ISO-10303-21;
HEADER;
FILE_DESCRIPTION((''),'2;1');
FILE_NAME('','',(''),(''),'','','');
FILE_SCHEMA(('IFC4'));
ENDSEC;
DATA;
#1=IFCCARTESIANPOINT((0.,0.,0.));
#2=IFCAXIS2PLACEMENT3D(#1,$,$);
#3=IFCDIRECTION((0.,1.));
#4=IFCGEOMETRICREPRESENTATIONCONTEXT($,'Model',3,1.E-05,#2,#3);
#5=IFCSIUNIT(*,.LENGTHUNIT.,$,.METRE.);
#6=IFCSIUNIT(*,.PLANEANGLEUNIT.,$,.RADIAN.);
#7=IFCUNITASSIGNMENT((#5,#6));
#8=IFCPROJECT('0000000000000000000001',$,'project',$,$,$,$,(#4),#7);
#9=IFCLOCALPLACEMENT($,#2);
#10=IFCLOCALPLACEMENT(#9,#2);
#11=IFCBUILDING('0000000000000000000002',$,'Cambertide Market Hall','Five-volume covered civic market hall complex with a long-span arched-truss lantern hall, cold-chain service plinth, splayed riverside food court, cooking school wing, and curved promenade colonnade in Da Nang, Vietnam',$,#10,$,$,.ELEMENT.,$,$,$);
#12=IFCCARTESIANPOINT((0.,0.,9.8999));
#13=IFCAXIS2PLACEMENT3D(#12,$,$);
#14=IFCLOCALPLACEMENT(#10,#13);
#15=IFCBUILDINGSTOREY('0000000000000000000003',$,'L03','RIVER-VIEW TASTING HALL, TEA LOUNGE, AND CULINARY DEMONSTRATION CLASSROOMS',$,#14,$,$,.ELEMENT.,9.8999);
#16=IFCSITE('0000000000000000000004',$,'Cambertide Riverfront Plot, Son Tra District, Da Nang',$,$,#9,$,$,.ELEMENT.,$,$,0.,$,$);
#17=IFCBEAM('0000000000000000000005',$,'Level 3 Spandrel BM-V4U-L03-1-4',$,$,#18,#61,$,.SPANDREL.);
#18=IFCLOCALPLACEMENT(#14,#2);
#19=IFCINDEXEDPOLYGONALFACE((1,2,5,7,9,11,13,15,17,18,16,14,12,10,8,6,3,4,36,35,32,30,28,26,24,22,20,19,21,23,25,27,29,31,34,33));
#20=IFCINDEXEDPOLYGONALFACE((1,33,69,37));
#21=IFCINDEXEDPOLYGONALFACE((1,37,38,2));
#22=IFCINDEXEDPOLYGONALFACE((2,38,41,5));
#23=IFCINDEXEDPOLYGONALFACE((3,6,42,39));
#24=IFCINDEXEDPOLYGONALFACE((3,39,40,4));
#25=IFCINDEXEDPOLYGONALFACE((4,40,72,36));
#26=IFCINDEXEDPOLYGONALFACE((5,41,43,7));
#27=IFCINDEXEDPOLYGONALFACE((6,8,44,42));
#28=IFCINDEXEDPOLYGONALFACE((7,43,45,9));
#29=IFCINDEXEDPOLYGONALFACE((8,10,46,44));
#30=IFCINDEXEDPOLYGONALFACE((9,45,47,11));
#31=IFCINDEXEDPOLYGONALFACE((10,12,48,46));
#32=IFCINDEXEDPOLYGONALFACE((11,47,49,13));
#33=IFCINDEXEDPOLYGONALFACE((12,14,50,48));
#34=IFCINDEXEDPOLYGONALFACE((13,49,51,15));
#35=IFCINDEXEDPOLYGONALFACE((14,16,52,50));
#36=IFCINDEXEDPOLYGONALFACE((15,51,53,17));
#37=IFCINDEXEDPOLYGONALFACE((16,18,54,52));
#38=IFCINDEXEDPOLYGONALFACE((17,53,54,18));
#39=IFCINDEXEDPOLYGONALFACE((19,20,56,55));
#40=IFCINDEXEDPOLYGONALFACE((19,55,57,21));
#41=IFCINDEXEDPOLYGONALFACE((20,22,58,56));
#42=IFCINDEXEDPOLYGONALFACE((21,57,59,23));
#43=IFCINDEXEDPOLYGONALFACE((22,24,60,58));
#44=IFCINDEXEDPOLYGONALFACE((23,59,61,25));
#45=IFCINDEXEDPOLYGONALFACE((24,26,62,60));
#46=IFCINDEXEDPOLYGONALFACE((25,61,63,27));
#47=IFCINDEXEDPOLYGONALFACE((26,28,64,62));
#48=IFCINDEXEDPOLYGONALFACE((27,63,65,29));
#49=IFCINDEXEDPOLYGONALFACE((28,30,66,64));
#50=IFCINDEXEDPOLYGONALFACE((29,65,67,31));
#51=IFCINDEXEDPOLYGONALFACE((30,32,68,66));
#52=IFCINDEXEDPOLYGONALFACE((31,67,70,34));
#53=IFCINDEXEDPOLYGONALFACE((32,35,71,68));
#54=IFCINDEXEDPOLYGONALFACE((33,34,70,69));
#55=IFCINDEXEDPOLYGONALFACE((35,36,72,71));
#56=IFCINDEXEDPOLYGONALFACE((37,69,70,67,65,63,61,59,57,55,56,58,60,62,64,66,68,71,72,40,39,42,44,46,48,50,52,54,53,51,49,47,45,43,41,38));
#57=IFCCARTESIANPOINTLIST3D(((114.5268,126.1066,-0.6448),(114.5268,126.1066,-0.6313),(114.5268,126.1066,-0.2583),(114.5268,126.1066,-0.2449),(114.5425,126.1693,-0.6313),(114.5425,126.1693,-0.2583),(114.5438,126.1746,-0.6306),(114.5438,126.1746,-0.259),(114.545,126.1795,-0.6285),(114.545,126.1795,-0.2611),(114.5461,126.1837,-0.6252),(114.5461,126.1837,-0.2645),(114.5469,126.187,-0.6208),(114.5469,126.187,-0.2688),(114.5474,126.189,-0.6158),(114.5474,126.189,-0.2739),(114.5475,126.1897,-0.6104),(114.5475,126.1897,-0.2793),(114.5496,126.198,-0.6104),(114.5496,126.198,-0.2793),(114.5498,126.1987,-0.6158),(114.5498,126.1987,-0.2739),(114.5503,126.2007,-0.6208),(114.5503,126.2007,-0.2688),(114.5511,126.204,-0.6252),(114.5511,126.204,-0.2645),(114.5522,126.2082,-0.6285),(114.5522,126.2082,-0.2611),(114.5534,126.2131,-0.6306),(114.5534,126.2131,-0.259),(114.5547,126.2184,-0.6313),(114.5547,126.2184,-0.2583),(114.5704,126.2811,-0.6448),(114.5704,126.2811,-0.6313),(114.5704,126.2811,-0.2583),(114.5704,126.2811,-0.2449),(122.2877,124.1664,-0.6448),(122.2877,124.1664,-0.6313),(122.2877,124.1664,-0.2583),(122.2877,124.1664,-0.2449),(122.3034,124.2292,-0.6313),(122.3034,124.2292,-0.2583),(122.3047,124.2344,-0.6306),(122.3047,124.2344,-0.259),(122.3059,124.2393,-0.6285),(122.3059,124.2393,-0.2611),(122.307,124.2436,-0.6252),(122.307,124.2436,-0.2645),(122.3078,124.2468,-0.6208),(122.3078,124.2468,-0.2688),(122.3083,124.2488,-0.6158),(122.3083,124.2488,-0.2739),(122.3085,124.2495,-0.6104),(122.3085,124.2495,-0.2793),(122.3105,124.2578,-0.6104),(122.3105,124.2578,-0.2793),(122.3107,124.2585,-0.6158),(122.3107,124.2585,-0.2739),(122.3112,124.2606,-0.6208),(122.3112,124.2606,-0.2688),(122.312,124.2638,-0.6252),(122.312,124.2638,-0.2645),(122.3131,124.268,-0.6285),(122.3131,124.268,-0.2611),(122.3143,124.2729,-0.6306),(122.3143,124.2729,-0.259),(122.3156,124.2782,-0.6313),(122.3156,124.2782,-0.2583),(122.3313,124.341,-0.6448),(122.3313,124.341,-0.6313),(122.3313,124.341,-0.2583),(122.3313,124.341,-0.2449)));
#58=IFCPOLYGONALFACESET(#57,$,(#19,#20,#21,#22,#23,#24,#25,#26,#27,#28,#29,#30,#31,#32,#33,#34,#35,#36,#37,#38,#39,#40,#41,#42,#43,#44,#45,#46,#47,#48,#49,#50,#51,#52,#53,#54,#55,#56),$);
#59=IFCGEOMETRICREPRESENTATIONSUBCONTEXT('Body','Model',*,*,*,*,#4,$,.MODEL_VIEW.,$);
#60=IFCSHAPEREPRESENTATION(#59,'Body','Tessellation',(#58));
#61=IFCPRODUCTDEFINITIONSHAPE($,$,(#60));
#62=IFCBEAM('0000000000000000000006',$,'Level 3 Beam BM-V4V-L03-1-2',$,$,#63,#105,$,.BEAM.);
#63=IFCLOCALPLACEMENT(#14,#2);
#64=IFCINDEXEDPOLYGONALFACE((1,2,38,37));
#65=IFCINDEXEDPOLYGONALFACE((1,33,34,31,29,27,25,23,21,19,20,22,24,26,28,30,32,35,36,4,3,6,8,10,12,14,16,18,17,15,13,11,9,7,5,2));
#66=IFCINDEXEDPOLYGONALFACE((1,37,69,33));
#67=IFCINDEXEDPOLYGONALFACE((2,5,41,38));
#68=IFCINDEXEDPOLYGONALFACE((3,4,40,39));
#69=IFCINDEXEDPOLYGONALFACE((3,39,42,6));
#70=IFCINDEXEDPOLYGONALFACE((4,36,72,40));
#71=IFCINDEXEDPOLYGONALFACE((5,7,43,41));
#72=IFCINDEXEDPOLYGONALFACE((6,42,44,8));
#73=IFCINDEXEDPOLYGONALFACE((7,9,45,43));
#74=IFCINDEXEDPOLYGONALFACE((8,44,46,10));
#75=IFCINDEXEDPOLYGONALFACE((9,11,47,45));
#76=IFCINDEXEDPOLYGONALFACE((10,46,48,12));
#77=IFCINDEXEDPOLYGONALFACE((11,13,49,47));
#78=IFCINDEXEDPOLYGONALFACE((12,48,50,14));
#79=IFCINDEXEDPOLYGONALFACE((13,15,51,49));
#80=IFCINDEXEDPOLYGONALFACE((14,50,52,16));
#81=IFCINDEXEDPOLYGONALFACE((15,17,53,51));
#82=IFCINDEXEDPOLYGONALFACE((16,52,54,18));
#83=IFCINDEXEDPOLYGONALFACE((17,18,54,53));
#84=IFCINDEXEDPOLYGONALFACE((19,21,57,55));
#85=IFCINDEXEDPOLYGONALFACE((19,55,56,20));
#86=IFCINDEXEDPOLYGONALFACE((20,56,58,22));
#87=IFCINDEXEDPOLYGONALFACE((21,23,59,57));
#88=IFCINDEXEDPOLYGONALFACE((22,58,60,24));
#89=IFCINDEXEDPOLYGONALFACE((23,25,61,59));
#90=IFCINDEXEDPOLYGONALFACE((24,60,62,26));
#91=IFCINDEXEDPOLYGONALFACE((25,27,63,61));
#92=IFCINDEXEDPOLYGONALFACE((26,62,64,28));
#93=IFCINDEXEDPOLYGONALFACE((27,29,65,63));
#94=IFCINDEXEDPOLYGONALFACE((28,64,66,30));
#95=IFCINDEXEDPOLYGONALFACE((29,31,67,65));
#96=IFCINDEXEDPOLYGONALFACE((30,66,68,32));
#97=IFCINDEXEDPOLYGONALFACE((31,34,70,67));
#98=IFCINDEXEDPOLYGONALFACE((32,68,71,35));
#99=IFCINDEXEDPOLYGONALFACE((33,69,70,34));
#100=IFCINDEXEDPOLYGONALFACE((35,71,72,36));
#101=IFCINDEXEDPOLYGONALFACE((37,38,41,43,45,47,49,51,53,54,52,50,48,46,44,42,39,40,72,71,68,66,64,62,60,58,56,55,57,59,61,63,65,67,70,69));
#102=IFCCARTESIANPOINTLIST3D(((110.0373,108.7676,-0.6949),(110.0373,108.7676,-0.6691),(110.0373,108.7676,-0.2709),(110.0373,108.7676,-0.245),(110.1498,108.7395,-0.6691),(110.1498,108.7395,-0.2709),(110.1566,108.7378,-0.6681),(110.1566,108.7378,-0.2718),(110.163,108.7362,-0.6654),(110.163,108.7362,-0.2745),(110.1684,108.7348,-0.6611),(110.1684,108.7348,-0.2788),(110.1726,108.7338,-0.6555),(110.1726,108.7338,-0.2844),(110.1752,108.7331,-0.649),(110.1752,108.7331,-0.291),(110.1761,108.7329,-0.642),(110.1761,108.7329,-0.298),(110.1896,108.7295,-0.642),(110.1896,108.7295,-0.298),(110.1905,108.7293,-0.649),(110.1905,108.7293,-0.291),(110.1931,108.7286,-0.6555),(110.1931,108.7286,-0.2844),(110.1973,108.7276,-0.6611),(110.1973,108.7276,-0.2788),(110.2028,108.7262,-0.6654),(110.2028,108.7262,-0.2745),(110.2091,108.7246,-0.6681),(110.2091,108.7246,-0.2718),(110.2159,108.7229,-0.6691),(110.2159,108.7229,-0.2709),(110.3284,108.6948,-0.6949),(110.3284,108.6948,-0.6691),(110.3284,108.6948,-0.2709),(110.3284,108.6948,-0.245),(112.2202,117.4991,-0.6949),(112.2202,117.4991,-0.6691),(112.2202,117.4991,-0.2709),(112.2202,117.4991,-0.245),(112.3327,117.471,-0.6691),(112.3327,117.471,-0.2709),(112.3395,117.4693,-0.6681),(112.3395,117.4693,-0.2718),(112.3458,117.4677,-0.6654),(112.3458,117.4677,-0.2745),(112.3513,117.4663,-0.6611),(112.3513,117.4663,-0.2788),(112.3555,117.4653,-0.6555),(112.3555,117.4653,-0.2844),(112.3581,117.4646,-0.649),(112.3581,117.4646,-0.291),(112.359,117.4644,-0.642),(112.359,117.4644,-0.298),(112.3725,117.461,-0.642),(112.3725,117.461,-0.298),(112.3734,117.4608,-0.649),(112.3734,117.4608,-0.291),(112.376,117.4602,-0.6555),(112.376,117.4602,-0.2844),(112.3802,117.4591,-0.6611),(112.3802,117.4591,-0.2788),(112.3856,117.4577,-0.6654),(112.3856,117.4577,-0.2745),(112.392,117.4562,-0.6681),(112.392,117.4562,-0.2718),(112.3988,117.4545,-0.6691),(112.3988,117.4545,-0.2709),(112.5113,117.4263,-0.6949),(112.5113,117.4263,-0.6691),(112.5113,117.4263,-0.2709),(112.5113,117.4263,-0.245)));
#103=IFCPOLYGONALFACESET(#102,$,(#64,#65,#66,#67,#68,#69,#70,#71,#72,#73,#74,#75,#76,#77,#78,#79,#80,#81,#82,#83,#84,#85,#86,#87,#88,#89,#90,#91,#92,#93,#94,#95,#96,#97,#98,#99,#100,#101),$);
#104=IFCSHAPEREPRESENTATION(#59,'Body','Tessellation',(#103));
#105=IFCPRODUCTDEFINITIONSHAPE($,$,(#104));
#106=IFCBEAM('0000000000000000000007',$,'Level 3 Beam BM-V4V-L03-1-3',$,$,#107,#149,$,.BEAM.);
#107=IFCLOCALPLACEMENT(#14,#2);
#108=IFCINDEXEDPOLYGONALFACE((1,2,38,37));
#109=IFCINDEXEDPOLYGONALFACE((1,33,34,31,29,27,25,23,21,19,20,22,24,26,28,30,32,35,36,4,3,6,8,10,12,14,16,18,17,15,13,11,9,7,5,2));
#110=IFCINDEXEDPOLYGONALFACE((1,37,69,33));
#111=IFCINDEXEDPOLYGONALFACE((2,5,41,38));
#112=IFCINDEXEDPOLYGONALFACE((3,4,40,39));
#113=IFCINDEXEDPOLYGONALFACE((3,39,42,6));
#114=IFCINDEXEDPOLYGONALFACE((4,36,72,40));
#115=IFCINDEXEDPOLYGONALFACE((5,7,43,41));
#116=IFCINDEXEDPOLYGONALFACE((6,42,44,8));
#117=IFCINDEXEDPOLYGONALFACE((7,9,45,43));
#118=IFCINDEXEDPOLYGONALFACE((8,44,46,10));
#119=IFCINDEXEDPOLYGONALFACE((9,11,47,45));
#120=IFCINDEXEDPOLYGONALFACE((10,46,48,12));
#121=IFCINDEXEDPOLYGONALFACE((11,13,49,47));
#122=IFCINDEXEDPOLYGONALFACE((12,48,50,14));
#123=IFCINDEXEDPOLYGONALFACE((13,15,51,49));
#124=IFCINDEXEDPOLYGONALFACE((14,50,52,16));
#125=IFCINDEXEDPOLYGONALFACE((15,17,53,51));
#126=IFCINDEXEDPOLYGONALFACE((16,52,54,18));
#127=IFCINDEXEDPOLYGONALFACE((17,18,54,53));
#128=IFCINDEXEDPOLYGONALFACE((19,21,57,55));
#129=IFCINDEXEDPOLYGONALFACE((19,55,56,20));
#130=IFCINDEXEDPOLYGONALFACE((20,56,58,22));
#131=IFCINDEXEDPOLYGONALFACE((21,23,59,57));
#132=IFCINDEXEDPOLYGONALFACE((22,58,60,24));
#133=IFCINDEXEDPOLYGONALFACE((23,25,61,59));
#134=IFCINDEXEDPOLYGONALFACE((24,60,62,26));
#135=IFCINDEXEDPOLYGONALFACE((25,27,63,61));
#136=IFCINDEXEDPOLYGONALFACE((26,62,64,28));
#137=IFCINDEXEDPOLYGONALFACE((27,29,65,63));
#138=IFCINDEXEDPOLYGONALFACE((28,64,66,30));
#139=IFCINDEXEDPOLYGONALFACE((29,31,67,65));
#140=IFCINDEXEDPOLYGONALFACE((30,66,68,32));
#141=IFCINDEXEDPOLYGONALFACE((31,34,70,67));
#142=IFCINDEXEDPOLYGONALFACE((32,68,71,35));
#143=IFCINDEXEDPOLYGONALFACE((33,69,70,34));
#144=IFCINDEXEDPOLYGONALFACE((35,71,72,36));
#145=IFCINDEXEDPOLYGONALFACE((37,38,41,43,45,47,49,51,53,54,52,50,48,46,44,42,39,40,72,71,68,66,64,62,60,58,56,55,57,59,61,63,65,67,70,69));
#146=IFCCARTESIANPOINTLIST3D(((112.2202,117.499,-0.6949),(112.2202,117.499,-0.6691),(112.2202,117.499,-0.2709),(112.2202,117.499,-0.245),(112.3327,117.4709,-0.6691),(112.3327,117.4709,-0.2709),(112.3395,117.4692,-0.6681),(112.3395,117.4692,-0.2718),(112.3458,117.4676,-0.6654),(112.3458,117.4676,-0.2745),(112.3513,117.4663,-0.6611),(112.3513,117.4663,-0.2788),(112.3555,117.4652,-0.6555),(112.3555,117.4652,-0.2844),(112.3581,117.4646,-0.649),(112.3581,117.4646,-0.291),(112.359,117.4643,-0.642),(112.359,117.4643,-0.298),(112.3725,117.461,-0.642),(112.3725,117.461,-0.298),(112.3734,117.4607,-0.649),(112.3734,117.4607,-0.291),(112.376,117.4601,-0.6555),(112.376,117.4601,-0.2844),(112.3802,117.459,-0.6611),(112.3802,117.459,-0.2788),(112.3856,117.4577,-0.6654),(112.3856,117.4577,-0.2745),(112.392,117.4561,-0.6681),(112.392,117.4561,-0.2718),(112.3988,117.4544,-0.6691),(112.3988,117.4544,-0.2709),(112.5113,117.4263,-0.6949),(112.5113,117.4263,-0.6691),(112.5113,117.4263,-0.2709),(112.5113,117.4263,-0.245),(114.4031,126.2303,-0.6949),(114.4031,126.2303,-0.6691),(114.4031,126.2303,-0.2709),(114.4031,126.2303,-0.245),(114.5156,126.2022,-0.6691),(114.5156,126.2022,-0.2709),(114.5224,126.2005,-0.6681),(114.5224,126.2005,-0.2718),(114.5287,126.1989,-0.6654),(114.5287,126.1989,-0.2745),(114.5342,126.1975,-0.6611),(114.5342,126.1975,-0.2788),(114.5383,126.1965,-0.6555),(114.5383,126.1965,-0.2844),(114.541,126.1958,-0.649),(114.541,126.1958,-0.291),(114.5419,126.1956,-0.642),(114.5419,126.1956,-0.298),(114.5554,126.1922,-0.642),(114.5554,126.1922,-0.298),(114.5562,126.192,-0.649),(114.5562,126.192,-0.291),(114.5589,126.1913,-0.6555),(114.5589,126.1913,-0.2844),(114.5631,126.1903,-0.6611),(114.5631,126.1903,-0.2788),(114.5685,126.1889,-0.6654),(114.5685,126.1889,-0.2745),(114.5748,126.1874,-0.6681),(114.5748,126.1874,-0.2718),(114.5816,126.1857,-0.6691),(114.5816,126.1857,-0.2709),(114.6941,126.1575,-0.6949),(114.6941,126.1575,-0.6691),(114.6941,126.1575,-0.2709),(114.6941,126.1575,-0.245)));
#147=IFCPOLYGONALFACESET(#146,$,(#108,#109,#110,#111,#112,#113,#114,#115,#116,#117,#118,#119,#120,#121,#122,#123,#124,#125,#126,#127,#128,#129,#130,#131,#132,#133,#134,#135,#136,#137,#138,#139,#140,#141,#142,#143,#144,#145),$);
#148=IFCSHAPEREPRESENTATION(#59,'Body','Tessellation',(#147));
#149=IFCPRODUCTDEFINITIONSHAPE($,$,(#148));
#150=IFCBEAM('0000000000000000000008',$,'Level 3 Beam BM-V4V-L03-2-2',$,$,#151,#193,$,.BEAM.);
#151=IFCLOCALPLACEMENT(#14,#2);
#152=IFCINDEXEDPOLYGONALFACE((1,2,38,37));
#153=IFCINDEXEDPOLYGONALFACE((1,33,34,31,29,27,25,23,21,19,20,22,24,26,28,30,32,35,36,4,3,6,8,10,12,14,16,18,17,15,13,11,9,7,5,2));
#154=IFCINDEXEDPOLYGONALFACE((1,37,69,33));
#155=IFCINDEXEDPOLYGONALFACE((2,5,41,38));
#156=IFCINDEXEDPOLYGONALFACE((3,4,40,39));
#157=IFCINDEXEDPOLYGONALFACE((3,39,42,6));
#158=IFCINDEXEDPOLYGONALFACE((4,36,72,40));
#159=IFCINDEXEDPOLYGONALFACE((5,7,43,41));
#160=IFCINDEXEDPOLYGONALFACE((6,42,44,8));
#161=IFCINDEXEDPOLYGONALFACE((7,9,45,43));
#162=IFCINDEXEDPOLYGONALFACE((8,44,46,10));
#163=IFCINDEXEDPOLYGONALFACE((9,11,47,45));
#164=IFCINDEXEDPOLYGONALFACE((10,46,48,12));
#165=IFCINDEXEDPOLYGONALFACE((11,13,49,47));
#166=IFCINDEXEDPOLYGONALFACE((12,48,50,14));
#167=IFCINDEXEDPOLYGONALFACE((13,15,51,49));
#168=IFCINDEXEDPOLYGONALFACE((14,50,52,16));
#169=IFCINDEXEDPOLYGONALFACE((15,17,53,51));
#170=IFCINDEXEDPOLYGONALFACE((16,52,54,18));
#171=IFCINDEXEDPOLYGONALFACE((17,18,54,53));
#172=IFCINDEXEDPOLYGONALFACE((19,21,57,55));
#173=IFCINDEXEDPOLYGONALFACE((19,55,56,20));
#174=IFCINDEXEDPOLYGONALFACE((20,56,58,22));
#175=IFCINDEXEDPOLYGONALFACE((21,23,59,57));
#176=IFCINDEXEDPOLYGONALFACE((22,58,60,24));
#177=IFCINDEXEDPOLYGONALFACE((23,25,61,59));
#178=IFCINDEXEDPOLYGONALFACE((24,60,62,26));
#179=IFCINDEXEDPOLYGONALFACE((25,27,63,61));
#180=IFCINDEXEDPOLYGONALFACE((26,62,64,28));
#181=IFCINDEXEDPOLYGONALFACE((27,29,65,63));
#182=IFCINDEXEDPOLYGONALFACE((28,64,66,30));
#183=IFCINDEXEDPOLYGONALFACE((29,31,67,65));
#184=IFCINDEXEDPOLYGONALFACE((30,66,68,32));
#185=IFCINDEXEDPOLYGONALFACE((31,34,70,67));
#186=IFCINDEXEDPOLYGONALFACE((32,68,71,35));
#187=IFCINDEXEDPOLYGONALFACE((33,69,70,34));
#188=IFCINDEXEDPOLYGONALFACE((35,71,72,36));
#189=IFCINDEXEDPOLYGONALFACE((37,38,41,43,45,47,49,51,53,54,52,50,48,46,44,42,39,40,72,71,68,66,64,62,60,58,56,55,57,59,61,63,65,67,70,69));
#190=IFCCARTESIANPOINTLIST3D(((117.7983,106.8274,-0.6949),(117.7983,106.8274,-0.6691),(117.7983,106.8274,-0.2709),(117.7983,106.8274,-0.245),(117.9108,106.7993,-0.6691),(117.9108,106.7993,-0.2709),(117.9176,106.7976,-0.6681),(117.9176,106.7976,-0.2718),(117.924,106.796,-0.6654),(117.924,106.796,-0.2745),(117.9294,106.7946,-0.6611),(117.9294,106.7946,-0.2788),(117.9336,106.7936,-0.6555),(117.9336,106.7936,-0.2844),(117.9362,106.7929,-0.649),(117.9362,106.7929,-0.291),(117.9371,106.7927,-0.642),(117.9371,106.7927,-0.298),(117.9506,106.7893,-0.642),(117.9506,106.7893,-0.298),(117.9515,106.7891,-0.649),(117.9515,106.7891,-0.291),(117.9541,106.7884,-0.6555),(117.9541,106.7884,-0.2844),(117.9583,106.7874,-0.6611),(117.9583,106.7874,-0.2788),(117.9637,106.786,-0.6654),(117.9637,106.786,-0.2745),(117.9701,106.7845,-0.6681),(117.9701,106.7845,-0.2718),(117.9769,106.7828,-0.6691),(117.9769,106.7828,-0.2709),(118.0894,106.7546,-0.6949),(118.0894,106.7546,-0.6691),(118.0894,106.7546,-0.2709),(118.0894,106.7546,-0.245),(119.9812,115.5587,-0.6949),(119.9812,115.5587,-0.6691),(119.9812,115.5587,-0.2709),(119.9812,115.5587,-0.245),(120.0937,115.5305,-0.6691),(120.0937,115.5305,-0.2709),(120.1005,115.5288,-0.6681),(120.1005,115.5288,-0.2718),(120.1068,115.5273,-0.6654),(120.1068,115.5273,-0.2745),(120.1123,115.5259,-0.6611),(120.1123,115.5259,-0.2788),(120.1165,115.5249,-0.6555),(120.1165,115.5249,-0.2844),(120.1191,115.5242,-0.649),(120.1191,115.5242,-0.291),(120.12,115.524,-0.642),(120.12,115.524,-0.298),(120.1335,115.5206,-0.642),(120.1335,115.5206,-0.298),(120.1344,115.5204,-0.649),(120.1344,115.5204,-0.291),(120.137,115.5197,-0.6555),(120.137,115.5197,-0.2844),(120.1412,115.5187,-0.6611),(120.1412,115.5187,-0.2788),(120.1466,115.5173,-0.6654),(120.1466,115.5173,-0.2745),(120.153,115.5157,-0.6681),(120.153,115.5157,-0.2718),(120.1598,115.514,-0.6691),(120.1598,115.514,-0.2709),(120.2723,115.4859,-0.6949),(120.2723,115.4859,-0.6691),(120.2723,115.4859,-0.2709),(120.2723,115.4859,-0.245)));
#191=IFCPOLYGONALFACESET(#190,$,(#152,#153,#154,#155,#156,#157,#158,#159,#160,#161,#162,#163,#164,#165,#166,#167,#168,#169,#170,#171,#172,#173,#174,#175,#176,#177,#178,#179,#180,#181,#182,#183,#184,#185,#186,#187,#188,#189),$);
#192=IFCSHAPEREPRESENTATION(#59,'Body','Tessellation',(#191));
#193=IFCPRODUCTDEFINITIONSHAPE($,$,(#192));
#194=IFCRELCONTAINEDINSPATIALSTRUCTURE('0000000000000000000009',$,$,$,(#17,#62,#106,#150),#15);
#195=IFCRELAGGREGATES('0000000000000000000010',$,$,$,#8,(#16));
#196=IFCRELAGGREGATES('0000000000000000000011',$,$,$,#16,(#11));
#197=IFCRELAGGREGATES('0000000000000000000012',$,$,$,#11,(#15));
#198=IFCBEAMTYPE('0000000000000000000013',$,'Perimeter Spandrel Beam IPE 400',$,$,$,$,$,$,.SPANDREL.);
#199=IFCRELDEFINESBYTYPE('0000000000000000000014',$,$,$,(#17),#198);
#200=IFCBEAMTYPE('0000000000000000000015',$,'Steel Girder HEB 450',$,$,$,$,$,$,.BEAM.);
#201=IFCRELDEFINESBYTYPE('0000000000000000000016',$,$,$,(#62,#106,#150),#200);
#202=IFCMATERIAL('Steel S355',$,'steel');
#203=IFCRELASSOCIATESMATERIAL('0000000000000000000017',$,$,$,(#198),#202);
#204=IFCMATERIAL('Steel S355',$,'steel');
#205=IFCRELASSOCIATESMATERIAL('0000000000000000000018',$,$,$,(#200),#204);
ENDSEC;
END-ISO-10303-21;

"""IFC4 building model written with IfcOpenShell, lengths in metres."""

from ifc_helpers import new_model, si_unit, direction, frame, origin, origin_2d, place, context, subcontext, project, spatial, i_section, extrude, material, material_profile, profile_set, type_object, element, save


model = new_model("IFC4")

# Units and contexts
model_context = context("Model", 3, precision=1e-05, world=origin(), true_north=direction((0.0, 1.0)))
body_context = subcontext(model_context, "Body", "Model", "MODEL_VIEW")
ifc_project = project(units=[si_unit("LENGTHUNIT", "METRE"), si_unit("PLANEANGLEUNIT", "RADIAN")], contexts=[model_context])

# Site, building, storey
site_placement = place(None, origin())
site = spatial("IfcSite", under=ifc_project, at=site_placement, Name="Cambertide Riverfront Plot, Son Tra District, Da Nang", CompositionType="ELEMENT", RefElevation=0.0)
building_placement = place(site_placement, origin())
building = spatial("IfcBuilding", under=site, at=building_placement, Name="Cambertide Market Hall", Description="Five-volume covered civic market hall complex with a long-span arched-truss lantern hall, cold-chain service plinth, splayed riverside food court, cooking school wing, and curved promenade colonnade in Da Nang, Vietnam", CompositionType="ELEMENT")
storey_placement = place(building_placement, frame((0.0, 0.0, 9.8999)))
storey = spatial("IfcBuildingStorey", under=building, at=storey_placement, Name="L03", Description="RIVER-VIEW TASTING HALL, TEA LOUNGE, AND CULINARY DEMONSTRATION CLASSROOMS", CompositionType="ELEMENT", Elevation=9.8999)

# Beams
ifc_material_1 = material(Name="Steel S355", Category="steel")
ifc_material_profile_1 = material_profile(ifc_material_1, i_section(OverallWidth=0.1799, OverallDepth=0.3999, WebThickness=0.0085, FlangeThickness=0.0134, FilletRadius=0.021, at=origin_2d()), Name="IPE 400")
ifc_profile_set_1 = profile_set([ifc_material_profile_1], Name="Steel S355")
beam_type_1 = type_object("IfcBeamType", Name="Perimeter Spandrel Beam IPE 400", PredefinedType="SPANDREL", material=ifc_profile_set_1)
beam_1_placement = place(storey_placement, frame((114.5486, 126.1938, -0.4448), z_axis=(0.970144, -0.242528, 0.0), x_axis=(0.242528, 0.970144, 0.0)))
element("IfcBeam", 1, at=beam_1_placement, inside=storey, type_object=beam_type_1, Name="Level 3 Spandrel BM-V4U-L03-1-4", PredefinedType="SPANDREL", context=body_context, shape_type="SweptSolid", body=[
    extrude(i_section(OverallWidth=0.1799, OverallDepth=0.3999, WebThickness=0.0085, FlangeThickness=0.0134, FilletRadius=0.021, at=origin_2d()), origin(), (0.0, 0.0, 1.0), 7.9998),
])
ifc_material_2 = material(Name="Steel S355", Category="steel")
ifc_material_profile_2 = material_profile(ifc_material_2, i_section(OverallWidth=0.3, OverallDepth=0.45, WebThickness=0.0139, FlangeThickness=0.0259, FilletRadius=0.0271, at=origin_2d()), Name="HEB 450")
ifc_profile_set_2 = profile_set([ifc_material_profile_2], Name="Steel S355")
beam_type_2 = type_object("IfcBeamType", Name="Steel Girder HEB 450", PredefinedType="BEAM", material=ifc_profile_set_2)
beam_2_placement = place(storey_placement, frame((110.1829, 108.7312, -0.47), z_axis=(0.242536, 0.970143, 0.0), x_axis=(-0.970143, 0.242536, 0.0)))
element("IfcBeam", 2, at=beam_2_placement, inside=storey, type_object=beam_type_2, Name="Level 3 Beam BM-V4V-L03-1-2", PredefinedType="BEAM", context=body_context, shape_type="SweptSolid", body=[
    extrude(i_section(OverallWidth=0.3, OverallDepth=0.45, WebThickness=0.0139, FlangeThickness=0.0259, FilletRadius=0.0271, at=origin_2d()), origin(), (0.0, 0.0, 1.0), 9.0002),
])
for number, where, z_axis, x_axis, name in (
    (3, (112.3657, 117.4626, -0.47), (0.242542, 0.970141, 0.0), (-0.970141, 0.242542, 0.0), "Level 3 Beam BM-V4V-L03-1-3"),
    (4, (117.9438, 106.791, -0.47), (0.242542, 0.970141, 0.0), (-0.970141, 0.242542, 0.0), "Level 3 Beam BM-V4V-L03-2-2"),
):
    element("IfcBeam", number, at=place(storey_placement, frame(where, z_axis=z_axis, x_axis=x_axis)), inside=storey, type_object=beam_type_2, Name=name, PredefinedType="BEAM", context=body_context, shape_type="SweptSolid", body=[
        extrude(i_section(OverallWidth=0.3, OverallDepth=0.45, WebThickness=0.0139, FlangeThickness=0.0259, FilletRadius=0.0271, at=origin_2d()), origin(), (0.0, 0.0, 1.0), 9.0),
    ])

save(model, "model.ifc")
